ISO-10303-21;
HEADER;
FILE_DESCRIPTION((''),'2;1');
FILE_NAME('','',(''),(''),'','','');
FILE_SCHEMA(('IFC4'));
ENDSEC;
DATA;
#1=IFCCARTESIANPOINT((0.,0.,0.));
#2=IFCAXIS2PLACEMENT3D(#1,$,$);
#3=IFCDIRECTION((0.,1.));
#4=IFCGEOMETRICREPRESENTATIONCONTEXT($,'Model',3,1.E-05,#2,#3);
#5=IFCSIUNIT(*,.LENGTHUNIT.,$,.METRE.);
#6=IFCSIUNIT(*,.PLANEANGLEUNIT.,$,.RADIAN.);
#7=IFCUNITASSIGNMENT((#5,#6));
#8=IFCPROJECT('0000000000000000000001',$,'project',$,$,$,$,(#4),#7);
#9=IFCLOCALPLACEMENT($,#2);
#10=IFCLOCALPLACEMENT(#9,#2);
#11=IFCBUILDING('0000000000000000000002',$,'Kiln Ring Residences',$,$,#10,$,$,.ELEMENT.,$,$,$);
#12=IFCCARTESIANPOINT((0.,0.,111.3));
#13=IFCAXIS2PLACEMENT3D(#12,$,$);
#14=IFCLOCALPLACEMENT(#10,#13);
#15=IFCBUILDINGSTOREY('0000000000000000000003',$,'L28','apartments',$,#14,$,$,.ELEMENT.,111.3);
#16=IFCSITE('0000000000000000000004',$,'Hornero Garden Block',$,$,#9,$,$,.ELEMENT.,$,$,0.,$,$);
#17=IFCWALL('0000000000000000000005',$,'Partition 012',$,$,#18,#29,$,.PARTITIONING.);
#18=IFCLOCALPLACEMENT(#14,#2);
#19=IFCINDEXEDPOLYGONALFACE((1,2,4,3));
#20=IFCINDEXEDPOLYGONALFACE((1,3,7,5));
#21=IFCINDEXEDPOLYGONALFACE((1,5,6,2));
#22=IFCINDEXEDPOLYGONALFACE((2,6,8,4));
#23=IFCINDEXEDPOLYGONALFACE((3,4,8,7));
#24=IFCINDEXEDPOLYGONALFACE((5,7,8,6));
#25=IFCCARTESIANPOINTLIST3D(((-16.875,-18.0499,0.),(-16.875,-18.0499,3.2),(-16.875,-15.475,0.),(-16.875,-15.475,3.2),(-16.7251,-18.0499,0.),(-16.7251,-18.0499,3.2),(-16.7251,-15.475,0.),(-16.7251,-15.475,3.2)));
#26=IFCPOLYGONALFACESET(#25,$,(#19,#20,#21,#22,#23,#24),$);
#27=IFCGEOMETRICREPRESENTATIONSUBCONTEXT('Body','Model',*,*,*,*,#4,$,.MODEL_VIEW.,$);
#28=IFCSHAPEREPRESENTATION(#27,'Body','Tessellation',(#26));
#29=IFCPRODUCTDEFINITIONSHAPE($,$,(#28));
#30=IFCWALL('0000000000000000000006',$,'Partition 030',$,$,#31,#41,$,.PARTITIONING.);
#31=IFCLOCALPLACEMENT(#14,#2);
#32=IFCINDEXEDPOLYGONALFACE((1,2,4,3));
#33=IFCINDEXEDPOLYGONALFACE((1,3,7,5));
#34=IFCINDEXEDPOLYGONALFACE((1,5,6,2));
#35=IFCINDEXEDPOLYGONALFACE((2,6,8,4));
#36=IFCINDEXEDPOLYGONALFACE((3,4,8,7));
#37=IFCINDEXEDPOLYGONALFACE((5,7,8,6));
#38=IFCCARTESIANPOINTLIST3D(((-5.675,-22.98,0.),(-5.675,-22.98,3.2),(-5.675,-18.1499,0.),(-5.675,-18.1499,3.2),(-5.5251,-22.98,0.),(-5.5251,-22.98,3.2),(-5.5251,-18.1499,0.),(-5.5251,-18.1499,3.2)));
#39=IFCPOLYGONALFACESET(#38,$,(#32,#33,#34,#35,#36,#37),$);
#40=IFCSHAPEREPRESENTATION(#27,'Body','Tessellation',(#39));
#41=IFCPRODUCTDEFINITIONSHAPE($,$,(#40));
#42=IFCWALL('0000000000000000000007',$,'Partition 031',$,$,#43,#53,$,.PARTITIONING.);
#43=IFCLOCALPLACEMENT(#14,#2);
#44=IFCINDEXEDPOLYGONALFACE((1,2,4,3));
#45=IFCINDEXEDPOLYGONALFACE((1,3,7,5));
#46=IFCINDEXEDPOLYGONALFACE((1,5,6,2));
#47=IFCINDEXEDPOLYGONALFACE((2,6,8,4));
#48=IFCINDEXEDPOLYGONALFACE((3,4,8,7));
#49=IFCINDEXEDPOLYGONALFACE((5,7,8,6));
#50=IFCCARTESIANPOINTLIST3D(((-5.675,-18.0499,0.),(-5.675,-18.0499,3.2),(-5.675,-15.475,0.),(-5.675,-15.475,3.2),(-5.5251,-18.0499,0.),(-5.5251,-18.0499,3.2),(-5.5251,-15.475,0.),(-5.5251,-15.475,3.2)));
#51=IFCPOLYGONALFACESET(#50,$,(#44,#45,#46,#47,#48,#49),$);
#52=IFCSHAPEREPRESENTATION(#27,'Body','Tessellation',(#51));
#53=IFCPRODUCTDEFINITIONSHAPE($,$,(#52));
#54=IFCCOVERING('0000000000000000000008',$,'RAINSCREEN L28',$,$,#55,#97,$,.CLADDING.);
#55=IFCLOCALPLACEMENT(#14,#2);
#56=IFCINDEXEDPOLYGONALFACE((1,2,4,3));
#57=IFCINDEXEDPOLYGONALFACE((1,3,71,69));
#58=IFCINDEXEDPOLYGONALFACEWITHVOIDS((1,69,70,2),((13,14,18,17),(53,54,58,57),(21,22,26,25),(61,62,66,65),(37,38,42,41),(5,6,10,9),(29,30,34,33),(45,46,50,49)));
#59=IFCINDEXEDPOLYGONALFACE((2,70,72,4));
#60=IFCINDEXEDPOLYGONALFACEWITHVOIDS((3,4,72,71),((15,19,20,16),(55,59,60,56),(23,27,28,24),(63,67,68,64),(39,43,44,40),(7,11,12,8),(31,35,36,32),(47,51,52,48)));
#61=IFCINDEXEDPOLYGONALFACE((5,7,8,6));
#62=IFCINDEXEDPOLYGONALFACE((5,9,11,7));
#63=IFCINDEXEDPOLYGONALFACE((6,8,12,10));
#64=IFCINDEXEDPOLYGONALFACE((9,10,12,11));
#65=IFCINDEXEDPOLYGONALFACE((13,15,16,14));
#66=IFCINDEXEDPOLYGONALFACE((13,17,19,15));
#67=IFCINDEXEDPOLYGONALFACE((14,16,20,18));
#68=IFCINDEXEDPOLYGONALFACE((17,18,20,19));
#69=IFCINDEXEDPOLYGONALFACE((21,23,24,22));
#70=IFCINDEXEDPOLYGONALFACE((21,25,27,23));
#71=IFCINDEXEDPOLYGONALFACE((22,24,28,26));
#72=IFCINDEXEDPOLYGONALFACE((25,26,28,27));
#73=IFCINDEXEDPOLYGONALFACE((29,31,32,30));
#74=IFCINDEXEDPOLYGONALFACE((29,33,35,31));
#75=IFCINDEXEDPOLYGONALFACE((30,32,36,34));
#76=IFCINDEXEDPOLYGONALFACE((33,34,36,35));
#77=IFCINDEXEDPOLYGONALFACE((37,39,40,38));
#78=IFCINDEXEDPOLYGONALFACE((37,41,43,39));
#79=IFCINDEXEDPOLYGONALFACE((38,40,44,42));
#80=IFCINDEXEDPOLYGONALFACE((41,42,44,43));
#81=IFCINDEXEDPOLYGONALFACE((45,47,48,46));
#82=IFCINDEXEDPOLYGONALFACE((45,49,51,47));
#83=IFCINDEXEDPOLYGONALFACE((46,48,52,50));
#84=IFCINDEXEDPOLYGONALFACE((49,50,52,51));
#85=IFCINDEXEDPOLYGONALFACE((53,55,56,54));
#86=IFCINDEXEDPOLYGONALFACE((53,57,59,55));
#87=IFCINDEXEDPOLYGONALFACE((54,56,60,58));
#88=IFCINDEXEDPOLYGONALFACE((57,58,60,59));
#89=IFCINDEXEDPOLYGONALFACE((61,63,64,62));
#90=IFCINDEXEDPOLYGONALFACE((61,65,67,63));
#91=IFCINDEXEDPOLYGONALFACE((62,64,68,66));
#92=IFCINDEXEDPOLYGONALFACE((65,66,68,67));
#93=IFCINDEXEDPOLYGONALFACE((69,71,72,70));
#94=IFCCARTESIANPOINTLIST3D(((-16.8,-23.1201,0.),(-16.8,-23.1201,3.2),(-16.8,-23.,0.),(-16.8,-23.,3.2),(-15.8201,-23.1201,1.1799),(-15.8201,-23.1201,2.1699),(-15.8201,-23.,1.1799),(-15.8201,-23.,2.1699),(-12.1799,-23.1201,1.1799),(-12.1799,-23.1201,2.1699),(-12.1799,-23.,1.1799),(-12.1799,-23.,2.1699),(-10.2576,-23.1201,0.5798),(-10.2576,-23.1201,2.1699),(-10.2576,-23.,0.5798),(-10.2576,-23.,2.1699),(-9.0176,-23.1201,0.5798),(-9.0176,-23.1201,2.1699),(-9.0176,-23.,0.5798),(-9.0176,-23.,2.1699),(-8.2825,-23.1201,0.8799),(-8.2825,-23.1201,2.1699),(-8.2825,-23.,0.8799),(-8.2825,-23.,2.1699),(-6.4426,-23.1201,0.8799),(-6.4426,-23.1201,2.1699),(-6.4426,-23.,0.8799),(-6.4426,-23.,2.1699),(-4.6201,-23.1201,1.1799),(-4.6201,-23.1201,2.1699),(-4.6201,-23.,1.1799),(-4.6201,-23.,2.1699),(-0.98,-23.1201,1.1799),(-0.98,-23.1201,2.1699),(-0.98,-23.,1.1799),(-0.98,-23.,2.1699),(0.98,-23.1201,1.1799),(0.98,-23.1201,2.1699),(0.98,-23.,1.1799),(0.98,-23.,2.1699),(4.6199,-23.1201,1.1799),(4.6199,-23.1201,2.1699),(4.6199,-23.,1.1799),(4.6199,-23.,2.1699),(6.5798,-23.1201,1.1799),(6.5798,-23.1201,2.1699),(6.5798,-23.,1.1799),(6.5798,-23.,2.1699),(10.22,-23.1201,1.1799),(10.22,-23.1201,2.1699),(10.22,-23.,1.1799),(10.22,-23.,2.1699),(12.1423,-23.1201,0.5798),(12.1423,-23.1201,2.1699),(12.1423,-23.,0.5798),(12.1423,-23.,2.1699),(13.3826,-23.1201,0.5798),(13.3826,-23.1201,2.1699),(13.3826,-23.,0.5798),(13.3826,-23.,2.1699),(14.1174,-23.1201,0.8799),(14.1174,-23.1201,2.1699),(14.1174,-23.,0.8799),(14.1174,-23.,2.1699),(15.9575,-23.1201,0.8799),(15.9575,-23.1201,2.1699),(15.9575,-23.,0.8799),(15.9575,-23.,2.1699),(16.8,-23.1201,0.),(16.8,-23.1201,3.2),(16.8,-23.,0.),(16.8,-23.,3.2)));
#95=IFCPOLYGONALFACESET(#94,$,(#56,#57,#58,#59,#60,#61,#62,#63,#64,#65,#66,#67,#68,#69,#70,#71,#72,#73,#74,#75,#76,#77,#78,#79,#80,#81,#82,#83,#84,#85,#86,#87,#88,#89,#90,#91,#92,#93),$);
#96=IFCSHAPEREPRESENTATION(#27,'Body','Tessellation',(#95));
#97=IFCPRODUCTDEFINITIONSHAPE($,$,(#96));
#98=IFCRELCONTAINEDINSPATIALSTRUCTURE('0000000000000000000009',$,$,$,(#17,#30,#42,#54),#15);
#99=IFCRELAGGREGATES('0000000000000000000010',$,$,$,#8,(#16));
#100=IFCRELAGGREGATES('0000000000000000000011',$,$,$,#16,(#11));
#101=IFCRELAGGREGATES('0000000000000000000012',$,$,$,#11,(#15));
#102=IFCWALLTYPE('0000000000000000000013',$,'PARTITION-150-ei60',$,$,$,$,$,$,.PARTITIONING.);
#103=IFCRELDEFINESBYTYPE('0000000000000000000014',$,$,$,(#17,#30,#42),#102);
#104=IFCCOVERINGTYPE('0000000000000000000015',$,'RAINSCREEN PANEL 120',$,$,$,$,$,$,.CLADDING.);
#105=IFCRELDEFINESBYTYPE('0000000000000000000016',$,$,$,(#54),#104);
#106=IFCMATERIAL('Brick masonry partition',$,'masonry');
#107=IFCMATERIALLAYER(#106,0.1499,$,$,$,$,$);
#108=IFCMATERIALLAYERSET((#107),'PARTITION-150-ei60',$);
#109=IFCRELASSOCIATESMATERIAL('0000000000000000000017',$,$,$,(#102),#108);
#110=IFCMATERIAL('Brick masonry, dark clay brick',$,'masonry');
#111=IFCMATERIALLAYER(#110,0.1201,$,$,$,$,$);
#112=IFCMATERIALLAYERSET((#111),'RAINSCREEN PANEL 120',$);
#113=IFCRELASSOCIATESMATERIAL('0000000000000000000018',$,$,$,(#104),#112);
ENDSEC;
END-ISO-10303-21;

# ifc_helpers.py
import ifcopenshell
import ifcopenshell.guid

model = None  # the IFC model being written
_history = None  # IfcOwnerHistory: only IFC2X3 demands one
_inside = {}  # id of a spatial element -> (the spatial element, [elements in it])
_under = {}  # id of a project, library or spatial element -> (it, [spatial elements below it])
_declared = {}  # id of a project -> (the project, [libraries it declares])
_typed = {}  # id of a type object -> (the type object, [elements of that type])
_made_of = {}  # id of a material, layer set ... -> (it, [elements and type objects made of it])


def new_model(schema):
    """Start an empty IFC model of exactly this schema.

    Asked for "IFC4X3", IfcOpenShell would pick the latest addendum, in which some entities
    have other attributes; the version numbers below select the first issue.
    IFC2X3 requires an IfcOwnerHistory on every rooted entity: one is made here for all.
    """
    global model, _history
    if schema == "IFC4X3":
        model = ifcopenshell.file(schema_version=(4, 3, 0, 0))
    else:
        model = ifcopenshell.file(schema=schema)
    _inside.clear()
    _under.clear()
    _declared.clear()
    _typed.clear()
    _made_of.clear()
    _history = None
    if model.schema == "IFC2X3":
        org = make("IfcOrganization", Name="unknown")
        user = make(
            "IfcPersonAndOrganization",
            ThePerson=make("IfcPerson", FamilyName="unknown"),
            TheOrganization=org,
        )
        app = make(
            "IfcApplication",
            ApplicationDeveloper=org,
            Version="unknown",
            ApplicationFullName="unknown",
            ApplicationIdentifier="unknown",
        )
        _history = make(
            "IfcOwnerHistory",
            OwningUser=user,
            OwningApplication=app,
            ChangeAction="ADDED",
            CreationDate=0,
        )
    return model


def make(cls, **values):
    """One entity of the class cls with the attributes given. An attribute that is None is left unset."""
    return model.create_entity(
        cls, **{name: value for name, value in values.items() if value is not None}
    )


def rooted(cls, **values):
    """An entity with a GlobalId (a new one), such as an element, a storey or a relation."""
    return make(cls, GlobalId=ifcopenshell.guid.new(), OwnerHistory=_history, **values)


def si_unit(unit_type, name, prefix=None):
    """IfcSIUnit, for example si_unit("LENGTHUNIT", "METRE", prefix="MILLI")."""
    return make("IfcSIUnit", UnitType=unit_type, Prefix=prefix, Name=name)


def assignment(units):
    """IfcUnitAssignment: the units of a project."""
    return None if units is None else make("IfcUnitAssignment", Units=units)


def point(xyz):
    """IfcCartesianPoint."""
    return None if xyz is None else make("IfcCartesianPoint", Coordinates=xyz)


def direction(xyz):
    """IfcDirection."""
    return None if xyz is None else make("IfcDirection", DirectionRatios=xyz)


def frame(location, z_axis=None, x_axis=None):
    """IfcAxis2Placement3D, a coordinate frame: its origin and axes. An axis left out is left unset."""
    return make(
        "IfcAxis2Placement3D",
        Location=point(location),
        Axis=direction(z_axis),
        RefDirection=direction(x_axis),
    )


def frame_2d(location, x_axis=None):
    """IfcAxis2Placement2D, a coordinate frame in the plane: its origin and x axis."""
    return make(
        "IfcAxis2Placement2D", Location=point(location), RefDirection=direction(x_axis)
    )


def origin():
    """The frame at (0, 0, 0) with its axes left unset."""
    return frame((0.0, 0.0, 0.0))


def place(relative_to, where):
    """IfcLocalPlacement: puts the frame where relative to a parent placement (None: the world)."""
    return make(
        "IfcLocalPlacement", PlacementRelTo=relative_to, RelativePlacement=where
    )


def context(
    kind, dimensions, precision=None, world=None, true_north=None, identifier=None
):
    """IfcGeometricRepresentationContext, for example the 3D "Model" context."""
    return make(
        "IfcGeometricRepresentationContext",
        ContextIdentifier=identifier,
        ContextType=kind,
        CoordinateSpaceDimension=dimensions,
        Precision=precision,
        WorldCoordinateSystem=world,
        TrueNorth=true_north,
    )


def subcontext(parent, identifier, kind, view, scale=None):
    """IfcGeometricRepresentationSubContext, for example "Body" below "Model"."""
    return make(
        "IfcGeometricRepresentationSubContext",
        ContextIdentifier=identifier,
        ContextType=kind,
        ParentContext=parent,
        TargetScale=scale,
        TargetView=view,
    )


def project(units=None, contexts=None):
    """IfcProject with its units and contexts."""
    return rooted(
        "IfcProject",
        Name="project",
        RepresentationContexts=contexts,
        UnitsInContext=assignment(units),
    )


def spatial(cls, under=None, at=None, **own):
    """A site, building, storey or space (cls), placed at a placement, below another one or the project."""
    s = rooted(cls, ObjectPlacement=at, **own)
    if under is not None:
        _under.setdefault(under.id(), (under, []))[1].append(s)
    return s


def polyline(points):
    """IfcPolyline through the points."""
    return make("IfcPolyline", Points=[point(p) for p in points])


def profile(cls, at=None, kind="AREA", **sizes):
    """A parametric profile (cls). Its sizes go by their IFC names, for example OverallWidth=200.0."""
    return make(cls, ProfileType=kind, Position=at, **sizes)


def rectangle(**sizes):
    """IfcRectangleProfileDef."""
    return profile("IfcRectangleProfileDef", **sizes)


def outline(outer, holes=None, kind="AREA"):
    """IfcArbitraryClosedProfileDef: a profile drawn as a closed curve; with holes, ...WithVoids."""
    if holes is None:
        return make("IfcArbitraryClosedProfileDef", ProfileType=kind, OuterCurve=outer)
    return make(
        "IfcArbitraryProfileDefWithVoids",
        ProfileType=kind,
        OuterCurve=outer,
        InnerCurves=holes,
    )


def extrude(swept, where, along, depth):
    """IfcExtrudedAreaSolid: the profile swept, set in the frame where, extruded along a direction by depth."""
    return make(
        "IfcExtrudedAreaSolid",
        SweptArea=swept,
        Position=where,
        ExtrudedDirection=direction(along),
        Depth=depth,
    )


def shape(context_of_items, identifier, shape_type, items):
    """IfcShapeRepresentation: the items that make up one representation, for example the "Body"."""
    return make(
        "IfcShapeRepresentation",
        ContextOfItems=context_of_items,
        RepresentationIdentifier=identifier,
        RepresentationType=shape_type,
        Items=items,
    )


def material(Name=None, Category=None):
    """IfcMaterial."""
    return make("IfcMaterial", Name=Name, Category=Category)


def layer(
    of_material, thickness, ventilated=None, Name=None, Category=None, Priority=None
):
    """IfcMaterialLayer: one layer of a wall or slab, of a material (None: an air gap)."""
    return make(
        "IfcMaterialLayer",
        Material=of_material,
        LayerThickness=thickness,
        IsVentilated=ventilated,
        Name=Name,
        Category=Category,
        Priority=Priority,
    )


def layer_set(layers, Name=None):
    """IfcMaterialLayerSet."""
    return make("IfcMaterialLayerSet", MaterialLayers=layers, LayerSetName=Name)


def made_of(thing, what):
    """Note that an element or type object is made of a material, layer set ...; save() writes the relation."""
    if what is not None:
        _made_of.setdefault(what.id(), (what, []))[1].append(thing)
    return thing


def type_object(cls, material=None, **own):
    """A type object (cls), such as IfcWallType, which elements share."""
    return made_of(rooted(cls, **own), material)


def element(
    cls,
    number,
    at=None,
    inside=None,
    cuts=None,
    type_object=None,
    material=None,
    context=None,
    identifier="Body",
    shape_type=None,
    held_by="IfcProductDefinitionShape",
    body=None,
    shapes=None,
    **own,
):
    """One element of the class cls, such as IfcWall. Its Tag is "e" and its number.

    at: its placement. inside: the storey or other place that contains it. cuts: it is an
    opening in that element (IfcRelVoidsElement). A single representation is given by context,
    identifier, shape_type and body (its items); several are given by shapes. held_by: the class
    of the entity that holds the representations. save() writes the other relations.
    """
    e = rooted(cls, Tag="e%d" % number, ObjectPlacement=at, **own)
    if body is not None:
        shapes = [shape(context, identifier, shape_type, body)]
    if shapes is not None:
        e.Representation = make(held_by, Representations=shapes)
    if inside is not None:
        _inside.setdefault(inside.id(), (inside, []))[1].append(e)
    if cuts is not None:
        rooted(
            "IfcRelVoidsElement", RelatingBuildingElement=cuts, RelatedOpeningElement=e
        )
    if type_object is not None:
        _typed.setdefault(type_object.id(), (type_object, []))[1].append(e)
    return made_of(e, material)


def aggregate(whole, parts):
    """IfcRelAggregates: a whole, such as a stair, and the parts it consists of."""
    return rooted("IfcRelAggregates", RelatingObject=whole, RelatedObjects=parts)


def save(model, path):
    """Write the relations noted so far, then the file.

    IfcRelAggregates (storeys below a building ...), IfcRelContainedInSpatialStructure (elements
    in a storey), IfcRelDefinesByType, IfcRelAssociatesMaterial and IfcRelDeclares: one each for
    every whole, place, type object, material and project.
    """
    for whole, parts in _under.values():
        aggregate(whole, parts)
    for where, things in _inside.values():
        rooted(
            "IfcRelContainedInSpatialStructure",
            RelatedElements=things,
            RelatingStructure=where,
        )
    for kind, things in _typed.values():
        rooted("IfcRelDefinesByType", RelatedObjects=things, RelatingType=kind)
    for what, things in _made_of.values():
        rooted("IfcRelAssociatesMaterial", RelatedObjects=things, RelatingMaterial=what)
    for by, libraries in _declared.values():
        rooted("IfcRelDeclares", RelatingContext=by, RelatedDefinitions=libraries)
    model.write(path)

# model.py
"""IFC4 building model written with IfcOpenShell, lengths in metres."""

from ifc_helpers import new_model, si_unit, direction, frame, frame_2d, origin, place, context, subcontext, project, spatial, polyline, rectangle, outline, extrude, material, layer, layer_set, type_object, element, save


model = new_model("IFC4")

# Units and contexts
model_context = context("Model", 3, precision=1e-05, world=origin(), true_north=direction((0.0, 1.0)))
body_context = subcontext(model_context, "Body", "Model", "MODEL_VIEW")
ifc_project = project(units=[si_unit("LENGTHUNIT", "METRE"), si_unit("PLANEANGLEUNIT", "RADIAN")], contexts=[model_context])

# Site, building, storey
site_placement = place(None, origin())
site = spatial("IfcSite", under=ifc_project, at=site_placement, Name="Hornero Garden Block", CompositionType="ELEMENT", RefElevation=0.0)
building_placement = place(site_placement, origin())
building = spatial("IfcBuilding", under=site, at=building_placement, Name="Kiln Ring Residences", CompositionType="ELEMENT")
storey_placement = place(building_placement, frame((0.0, 0.0, 111.3)))
storey = spatial("IfcBuildingStorey", under=building, at=storey_placement, Name="L28", Description="apartments", CompositionType="ELEMENT", Elevation=111.3)

# Walls
ifc_material_1 = material(Name="Brick masonry partition", Category="masonry")
ifc_layer_1 = layer(ifc_material_1, 0.1499)
ifc_layer_set_1 = layer_set([ifc_layer_1], Name="PARTITION-150-ei60")
wall_type_1 = type_object("IfcWallType", Name="PARTITION-150-ei60", PredefinedType="PARTITIONING", material=ifc_layer_set_1)
wall_1_placement = place(storey_placement, frame((-16.8, -18.05, 0.0), z_axis=(0.0, 0.0, 1.0), x_axis=(0.0, 1.0, 0.0)))
element("IfcWall", 1, at=wall_1_placement, inside=storey, type_object=wall_type_1, Name="Partition 012", PredefinedType="PARTITIONING", context=body_context, shape_type="SweptSolid", body=[
    extrude(rectangle(XDim=2.575, YDim=0.1499, at=frame_2d((1.2876, 0.0))), origin(), (0.0, 0.0, 1.0), 3.2),
])
wall_2_placement = place(storey_placement, frame((-5.6001, -22.98, 0.0), z_axis=(0.0, 0.0, 1.0), x_axis=(0.0, 1.0, 0.0)))
element("IfcWall", 2, at=wall_2_placement, inside=storey, type_object=wall_type_1, Name="Partition 030", PredefinedType="PARTITIONING", context=body_context, shape_type="SweptSolid", body=[
    extrude(rectangle(XDim=4.8301, YDim=0.1499, at=frame_2d((2.415, 0.0))), origin(), (0.0, 0.0, 1.0), 3.2),
])
wall_3_placement = place(storey_placement, frame((-5.6001, -18.05, 0.0), z_axis=(0.0, 0.0, 1.0), x_axis=(0.0, 1.0, 0.0)))
element("IfcWall", 3, at=wall_3_placement, inside=storey, type_object=wall_type_1, Name="Partition 031", PredefinedType="PARTITIONING", context=body_context, shape_type="SweptSolid", body=[
    extrude(rectangle(XDim=2.575, YDim=0.1499, at=frame_2d((1.2876, 0.0))), origin(), (0.0, 0.0, 1.0), 3.2),
])

# Covering
ifc_material_2 = material(Name="Brick masonry, dark clay brick", Category="masonry")
ifc_layer_2 = layer(ifc_material_2, 0.1201)
ifc_layer_set_2 = layer_set([ifc_layer_2], Name="RAINSCREEN PANEL 120")
covering_type = type_object("IfcCoveringType", Name="RAINSCREEN PANEL 120", PredefinedType="CLADDING", material=ifc_layer_set_2)
covering_placement = place(storey_placement, frame((-16.8, -23.0601, 0.0), z_axis=(0.0, 0.0, 1.0), x_axis=(1.0, 0.0, 0.0)))
element("IfcCovering", 4, at=covering_placement, inside=storey, type_object=covering_type, Name="RAINSCREEN L28", PredefinedType="CLADDING", context=body_context, shape_type="SweptSolid", body=[
    extrude(outline(polyline([(0.0, 0.0), (33.6001, 0.0), (33.6001, 3.2), (0.0, 3.2), (0.0, 0.0)]), holes=[polyline([(6.5425, 0.5798), (7.7825, 0.5798), (7.7825, 2.1699), (6.5425, 2.1699), (6.5425, 0.5798)]), polyline([(28.9424, 0.5798), (30.1826, 0.5798), (30.1826, 2.1699), (28.9424, 2.1699), (28.9424, 0.5798)]), polyline([(8.5176, 0.8799), (10.3574, 0.8799), (10.3574, 2.1699), (8.5176, 2.1699), (8.5176, 0.8799)]), polyline([(30.9175, 0.8799), (32.7576, 0.8799), (32.7576, 2.1699), (30.9175, 2.1699), (30.9175, 0.8799)]), polyline([(0.98, 1.1799), (4.6201, 1.1799), (4.6201, 2.1699), (0.98, 2.1699), (0.98, 1.1799)]), polyline([(12.1799, 1.1799), (15.8201, 1.1799), (15.8201, 2.1699), (12.1799, 2.1699), (12.1799, 1.1799)]), polyline([(17.78, 1.1799), (21.4199, 1.1799), (21.4199, 2.1699), (17.78, 2.1699), (17.78, 1.1799)]), polyline([(23.3799, 1.1799), (27.02, 1.1799), (27.02, 2.1699), (23.3799, 2.1699), (23.3799, 1.1799)])]), frame((0.0, 0.0601, 0.0), z_axis=(0.0, -1.0, 0.0), x_axis=(1.0, 0.0, 0.0)), (0.0, 0.0, 1.0), 0.1201),
])

save(model, "model.ifc")
